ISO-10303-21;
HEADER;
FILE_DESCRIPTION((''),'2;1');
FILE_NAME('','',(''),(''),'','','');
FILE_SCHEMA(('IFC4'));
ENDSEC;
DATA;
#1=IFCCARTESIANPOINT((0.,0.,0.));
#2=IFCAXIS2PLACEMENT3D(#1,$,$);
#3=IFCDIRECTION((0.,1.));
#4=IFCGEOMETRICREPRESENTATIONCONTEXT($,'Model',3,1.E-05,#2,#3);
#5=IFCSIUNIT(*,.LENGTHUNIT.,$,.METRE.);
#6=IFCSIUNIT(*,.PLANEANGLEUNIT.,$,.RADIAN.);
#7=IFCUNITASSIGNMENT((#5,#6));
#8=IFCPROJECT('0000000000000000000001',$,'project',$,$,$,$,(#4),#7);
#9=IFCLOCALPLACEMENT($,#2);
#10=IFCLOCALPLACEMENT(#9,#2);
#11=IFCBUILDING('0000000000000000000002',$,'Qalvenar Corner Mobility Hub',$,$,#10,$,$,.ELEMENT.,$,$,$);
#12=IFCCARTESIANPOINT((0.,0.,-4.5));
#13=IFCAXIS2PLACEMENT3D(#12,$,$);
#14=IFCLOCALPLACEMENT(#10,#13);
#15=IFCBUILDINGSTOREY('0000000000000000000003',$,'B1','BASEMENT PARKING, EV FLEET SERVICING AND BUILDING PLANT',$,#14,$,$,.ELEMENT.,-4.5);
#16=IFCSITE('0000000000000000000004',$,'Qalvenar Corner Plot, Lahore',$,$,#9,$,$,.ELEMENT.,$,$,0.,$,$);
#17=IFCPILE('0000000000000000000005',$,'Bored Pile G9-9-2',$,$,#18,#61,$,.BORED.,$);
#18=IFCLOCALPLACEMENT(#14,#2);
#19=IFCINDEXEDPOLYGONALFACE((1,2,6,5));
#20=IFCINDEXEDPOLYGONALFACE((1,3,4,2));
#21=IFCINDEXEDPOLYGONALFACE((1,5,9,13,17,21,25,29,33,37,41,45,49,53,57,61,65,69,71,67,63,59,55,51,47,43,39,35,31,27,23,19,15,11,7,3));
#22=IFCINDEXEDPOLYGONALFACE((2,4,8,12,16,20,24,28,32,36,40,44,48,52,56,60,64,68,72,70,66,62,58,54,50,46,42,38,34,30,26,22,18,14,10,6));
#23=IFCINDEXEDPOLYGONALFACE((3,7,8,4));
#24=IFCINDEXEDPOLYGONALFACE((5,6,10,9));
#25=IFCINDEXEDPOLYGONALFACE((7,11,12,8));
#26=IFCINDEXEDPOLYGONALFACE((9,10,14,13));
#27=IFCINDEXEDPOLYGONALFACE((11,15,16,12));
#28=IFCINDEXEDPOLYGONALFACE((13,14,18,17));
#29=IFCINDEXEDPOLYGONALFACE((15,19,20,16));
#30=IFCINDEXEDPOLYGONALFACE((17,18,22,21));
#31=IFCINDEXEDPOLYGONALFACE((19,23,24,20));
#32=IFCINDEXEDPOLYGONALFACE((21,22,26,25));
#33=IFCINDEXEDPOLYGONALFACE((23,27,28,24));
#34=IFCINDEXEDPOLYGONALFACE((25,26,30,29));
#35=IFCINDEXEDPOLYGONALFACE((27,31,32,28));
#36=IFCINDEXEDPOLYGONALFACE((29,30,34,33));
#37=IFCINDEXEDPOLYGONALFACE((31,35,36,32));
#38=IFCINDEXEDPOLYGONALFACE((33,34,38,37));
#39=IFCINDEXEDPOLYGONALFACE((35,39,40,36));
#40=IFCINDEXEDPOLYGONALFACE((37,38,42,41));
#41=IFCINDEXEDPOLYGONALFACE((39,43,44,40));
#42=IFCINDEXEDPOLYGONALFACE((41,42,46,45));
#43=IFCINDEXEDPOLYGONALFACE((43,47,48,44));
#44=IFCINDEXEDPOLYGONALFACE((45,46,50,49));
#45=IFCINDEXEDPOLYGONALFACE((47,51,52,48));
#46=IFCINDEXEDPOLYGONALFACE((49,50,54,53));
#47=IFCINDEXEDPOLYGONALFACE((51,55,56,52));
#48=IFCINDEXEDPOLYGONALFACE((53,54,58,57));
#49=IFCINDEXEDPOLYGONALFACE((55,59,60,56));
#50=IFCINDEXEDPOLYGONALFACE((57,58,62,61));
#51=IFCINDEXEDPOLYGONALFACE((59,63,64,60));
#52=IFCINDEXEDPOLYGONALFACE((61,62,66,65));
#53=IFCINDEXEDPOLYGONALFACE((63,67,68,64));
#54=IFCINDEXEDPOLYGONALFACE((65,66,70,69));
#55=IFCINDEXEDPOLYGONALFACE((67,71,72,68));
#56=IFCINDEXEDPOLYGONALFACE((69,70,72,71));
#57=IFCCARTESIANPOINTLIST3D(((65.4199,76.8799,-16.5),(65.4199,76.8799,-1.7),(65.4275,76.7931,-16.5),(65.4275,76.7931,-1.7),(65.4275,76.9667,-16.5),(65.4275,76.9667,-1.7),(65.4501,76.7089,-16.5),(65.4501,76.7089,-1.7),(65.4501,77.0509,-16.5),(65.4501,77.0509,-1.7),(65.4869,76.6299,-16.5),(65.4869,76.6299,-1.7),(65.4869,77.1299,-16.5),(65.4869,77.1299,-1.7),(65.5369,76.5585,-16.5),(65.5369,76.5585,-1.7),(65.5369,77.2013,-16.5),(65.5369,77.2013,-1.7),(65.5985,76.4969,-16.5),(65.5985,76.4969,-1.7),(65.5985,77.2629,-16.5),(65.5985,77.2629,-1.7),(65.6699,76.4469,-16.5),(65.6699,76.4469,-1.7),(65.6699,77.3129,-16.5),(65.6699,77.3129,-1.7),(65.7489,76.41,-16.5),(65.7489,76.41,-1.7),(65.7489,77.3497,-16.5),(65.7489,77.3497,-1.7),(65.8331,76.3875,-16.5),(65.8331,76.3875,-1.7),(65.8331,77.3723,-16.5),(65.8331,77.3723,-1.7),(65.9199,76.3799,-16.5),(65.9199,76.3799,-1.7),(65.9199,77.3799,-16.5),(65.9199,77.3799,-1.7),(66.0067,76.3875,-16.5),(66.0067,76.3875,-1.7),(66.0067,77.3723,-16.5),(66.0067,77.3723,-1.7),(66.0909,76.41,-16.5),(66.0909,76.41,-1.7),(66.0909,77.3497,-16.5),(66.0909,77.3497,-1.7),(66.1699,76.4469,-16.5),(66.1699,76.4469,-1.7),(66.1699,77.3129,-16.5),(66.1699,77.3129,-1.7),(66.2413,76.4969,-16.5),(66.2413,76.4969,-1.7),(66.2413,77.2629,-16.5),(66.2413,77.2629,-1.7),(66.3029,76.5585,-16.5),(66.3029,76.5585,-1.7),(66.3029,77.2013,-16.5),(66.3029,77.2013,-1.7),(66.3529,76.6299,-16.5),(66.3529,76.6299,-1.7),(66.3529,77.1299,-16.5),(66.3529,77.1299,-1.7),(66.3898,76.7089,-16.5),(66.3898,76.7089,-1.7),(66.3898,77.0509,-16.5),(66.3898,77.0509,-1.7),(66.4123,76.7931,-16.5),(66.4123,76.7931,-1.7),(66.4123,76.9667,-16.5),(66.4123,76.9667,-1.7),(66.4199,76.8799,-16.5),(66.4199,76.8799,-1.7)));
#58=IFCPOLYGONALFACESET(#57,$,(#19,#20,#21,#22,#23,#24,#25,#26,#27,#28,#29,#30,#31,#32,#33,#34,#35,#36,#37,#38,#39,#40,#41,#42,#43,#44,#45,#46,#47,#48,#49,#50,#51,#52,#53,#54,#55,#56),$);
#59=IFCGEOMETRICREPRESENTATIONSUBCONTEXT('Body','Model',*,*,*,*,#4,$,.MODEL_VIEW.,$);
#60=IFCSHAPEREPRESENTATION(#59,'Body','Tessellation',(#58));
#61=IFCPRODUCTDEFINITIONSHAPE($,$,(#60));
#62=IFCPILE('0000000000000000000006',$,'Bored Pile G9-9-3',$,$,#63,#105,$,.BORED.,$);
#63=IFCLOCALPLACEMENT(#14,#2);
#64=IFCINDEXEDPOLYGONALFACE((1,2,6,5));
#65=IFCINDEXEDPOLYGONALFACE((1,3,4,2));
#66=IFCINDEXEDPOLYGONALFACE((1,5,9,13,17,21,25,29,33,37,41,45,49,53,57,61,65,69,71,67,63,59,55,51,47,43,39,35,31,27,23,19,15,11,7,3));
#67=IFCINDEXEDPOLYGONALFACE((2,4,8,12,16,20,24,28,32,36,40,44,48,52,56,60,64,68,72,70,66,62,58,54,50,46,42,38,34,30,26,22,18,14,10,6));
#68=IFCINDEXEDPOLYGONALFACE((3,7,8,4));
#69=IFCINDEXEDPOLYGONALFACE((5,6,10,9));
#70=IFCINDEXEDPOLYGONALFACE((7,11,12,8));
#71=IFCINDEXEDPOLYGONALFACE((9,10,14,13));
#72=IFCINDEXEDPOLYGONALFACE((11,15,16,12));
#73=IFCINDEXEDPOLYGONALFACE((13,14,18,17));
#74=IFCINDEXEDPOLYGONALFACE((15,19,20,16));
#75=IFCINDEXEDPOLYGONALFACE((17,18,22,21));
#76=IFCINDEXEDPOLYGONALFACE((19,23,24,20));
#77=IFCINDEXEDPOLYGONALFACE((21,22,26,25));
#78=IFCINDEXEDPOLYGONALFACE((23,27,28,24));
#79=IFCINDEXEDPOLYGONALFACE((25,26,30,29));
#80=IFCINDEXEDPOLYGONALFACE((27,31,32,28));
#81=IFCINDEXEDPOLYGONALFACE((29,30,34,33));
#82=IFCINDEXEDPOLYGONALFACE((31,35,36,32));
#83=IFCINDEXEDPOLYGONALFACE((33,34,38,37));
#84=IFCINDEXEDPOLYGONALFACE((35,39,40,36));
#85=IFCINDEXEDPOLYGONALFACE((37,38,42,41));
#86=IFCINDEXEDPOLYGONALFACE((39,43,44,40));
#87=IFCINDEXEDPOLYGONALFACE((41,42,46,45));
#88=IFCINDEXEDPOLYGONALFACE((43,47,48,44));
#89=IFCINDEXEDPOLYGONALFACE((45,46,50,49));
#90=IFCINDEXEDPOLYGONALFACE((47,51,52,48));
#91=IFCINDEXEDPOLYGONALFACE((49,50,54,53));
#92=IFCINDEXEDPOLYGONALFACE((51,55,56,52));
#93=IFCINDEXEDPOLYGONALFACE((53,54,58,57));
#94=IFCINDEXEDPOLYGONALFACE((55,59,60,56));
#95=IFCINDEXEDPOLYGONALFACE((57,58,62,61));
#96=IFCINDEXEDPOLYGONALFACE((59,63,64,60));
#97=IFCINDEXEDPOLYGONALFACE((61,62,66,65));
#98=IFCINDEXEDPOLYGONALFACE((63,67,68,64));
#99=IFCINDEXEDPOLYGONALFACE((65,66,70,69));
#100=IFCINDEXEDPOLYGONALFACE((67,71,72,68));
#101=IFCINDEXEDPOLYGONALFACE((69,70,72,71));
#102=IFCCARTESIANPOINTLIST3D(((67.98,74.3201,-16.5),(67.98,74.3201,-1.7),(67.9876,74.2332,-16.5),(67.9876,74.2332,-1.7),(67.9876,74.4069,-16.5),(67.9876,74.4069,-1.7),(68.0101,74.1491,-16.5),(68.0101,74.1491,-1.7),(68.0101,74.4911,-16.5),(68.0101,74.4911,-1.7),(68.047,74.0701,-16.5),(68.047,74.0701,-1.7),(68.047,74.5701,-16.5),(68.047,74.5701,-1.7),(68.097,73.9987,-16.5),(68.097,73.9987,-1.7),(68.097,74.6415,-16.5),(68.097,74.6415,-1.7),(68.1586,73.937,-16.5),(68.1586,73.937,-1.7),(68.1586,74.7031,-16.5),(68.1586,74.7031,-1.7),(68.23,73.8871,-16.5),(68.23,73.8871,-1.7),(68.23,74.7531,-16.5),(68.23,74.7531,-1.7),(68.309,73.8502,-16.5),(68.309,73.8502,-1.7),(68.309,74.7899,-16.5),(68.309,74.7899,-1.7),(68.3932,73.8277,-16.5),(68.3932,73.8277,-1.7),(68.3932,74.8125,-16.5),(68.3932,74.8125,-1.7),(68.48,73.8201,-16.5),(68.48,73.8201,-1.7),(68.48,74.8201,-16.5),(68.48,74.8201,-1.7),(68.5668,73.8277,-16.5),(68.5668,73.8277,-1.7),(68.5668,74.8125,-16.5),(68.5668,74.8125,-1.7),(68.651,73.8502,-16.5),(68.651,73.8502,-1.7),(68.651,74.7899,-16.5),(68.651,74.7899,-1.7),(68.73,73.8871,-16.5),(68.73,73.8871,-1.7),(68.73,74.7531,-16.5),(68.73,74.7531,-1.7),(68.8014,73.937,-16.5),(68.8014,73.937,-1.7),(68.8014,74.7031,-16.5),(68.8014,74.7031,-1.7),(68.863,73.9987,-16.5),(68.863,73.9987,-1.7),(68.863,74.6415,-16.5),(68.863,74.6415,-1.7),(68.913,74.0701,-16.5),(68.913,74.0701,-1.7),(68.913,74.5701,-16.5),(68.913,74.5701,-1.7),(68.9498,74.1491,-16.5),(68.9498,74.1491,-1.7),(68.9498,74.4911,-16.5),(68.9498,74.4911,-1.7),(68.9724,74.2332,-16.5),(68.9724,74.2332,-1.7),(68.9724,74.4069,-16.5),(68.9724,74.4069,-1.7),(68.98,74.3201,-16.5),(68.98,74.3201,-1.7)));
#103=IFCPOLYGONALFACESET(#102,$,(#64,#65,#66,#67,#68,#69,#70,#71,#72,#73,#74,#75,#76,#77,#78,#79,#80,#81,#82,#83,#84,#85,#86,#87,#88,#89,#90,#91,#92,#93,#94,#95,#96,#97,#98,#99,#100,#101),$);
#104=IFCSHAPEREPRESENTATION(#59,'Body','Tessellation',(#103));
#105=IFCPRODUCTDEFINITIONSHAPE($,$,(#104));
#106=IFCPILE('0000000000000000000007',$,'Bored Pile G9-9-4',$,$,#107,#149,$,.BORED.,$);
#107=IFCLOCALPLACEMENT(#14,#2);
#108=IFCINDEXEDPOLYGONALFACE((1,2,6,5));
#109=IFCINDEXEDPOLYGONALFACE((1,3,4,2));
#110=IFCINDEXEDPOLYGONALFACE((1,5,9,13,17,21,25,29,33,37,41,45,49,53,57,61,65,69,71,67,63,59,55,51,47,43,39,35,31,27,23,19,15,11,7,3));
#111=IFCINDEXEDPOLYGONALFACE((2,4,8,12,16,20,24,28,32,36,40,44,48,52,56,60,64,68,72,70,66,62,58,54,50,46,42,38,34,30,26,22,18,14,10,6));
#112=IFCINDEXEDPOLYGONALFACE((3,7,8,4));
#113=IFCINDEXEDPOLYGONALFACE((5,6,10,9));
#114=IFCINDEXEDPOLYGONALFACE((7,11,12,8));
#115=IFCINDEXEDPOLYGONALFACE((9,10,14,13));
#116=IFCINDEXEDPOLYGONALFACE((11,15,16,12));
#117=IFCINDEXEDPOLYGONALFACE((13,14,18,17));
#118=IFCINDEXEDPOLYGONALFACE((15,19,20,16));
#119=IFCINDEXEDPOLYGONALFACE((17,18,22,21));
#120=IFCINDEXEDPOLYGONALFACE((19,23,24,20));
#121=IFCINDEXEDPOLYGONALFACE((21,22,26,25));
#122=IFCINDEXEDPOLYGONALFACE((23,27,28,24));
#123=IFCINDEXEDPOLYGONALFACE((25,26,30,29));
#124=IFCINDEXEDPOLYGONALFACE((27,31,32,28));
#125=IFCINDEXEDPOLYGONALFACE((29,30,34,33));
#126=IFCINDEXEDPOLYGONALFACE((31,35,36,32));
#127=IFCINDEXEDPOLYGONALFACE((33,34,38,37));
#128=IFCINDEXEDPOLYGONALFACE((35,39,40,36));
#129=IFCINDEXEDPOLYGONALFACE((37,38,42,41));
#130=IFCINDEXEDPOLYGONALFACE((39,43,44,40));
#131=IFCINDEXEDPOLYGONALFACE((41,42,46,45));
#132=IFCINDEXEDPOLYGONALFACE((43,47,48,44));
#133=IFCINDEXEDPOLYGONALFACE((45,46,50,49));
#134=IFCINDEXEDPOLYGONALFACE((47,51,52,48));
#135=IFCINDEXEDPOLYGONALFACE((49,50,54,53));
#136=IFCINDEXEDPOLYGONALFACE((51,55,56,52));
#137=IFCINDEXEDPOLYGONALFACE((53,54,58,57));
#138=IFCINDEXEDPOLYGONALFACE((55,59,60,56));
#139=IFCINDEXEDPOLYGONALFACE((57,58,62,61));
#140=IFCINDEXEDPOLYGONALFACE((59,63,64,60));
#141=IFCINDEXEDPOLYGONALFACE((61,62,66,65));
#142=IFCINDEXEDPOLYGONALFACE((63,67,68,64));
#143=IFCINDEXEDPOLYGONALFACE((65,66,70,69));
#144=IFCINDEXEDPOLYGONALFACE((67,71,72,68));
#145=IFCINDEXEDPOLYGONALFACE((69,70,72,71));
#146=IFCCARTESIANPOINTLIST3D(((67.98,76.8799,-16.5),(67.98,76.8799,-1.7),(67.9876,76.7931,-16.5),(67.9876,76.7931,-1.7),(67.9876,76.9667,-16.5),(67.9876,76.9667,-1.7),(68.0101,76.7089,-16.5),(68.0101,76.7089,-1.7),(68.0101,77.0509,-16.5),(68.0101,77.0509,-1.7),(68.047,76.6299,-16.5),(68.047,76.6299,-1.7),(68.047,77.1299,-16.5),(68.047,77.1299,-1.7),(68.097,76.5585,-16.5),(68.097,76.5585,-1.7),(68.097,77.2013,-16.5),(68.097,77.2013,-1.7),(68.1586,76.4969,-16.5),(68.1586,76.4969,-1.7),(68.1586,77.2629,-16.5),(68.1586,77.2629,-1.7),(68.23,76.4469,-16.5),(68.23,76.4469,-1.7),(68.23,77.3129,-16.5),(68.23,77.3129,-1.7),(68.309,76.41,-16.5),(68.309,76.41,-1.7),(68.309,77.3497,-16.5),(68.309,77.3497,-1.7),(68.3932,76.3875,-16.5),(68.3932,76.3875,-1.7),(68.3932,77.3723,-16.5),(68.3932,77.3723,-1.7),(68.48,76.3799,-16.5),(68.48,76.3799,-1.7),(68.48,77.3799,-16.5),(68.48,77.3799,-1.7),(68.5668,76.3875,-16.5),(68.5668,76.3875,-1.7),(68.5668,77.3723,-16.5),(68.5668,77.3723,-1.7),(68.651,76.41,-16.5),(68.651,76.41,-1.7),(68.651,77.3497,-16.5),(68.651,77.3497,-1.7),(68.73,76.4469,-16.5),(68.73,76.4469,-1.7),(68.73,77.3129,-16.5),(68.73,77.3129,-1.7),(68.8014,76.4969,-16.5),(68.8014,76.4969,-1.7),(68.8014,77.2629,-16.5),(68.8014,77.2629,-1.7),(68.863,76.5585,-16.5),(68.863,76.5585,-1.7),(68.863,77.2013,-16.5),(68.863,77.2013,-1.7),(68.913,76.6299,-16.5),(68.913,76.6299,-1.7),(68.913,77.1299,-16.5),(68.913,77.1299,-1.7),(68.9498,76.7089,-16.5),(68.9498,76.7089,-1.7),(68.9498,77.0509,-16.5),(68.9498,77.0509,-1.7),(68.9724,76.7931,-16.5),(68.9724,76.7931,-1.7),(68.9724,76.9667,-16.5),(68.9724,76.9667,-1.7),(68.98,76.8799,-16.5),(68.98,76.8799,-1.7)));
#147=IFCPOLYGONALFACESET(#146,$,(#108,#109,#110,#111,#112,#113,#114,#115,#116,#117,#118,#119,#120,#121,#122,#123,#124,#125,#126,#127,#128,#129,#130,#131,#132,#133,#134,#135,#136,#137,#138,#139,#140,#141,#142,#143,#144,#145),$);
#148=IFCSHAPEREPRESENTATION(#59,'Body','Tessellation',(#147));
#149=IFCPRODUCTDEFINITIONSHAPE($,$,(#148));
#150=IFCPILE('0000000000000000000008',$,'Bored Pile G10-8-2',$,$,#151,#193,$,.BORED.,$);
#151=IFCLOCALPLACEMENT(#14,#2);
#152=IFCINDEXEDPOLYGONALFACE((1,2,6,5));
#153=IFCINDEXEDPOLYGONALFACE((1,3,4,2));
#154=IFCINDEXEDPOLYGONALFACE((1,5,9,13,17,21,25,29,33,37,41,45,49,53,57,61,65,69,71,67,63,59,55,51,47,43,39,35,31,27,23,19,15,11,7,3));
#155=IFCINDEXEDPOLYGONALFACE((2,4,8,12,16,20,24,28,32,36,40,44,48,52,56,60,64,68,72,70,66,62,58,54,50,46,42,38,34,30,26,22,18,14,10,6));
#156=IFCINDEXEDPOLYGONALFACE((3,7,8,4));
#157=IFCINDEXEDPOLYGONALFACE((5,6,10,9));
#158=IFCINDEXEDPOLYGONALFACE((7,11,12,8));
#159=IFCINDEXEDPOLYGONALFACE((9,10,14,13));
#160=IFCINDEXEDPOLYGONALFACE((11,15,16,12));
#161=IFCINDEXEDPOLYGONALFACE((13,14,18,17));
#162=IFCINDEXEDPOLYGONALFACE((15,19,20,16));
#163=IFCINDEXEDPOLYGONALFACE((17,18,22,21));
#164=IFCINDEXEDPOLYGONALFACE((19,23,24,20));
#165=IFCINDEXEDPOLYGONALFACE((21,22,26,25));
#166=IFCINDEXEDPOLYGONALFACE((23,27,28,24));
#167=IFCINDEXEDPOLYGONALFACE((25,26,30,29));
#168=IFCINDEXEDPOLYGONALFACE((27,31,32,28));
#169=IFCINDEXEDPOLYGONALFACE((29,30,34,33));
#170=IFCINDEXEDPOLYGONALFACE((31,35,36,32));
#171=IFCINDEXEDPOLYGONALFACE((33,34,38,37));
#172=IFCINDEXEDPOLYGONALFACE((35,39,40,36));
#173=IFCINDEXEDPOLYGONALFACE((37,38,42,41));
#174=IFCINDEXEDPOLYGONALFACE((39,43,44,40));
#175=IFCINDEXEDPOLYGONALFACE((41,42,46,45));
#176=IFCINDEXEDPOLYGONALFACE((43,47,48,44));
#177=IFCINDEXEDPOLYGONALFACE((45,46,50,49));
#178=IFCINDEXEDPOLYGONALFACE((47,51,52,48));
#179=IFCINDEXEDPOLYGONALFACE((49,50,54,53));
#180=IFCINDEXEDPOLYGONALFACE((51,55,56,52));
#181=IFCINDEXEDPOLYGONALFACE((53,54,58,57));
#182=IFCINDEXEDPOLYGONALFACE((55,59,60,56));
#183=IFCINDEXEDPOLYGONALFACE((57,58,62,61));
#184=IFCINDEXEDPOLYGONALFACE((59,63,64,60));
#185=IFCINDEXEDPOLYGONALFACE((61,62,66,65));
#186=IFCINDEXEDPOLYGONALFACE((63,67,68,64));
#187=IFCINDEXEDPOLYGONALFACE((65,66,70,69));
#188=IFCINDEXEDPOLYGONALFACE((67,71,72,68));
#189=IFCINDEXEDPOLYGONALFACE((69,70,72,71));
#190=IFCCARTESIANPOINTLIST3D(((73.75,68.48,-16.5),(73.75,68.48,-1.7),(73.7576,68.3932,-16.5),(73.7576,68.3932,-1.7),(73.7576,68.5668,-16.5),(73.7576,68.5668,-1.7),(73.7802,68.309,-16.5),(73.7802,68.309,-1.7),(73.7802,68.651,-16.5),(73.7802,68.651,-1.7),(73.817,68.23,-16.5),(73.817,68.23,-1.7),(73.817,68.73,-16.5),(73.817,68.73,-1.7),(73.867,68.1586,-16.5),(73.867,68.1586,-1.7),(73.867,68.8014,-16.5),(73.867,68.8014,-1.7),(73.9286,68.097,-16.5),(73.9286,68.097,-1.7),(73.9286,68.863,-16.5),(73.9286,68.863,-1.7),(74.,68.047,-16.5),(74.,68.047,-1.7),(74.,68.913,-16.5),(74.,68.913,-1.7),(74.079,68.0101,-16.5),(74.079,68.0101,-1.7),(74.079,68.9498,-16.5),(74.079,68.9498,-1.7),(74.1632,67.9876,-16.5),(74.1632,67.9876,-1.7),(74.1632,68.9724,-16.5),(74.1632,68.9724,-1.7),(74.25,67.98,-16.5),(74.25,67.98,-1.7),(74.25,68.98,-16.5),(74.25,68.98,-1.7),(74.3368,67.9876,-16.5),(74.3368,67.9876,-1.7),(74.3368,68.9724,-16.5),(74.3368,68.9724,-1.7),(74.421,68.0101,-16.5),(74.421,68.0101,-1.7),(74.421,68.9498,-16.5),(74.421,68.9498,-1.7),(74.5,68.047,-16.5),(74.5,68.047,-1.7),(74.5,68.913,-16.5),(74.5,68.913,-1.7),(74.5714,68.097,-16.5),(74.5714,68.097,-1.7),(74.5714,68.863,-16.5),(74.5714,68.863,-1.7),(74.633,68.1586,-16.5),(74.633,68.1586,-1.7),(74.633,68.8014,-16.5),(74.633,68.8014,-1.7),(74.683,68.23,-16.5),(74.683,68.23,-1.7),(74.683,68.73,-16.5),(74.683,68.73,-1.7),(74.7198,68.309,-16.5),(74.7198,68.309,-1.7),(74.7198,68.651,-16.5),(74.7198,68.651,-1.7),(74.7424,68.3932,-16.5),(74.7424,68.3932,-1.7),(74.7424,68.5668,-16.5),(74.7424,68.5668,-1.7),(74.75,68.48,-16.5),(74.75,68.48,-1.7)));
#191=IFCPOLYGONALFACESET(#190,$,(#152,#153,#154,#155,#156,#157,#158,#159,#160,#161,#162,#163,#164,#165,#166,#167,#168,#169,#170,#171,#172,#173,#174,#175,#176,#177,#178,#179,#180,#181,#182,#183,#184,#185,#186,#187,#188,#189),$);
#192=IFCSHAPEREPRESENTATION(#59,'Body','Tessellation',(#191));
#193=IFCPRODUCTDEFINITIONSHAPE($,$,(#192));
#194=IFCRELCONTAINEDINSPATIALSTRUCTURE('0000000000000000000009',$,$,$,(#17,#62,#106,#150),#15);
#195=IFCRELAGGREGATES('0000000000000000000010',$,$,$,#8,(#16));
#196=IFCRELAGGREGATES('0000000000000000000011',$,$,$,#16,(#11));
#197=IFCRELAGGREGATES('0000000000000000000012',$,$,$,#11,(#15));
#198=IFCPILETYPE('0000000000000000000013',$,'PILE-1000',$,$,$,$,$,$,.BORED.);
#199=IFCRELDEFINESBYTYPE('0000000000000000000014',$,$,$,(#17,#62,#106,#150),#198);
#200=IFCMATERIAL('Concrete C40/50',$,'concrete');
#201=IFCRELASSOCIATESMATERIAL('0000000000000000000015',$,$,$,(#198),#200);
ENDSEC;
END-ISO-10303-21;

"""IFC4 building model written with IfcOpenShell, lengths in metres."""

from ifc_helpers import new_model, si_unit, direction, frame, origin, origin_2d, place, context, subcontext, project, spatial, circle, extrude, material, material_profile, profile_set, type_object, element, save


model = new_model("IFC4")

# Units and contexts
model_context = context("Model", 3, precision=1e-05, world=origin(), true_north=direction((0.0, 1.0)))
body_context = subcontext(model_context, "Body", "Model", "MODEL_VIEW")
ifc_project = project(units=[si_unit("LENGTHUNIT", "METRE"), si_unit("PLANEANGLEUNIT", "RADIAN")], contexts=[model_context])

# Site, building, storey
site_placement = place(None, origin())
site = spatial("IfcSite", under=ifc_project, at=site_placement, Name="Qalvenar Corner Plot, Lahore", CompositionType="ELEMENT", RefElevation=0.0)
building_placement = place(site_placement, origin())
building = spatial("IfcBuilding", under=site, at=building_placement, Name="Qalvenar Corner Mobility Hub", CompositionType="ELEMENT")
storey_placement = place(building_placement, frame((0.0, 0.0, -4.5)))
storey = spatial("IfcBuildingStorey", under=building, at=storey_placement, Name="B1", Description="BASEMENT PARKING, EV FLEET SERVICING AND BUILDING PLANT", CompositionType="ELEMENT", Elevation=-4.5)

# Shared definitions
ifc_material_1 = material(Name="Concrete C40/50", Category="concrete")

# Piles
ifc_material_profile_1 = material_profile(ifc_material_1, circle(Radius=0.5, at=origin_2d()), Name="DIA1000")
ifc_profile_set_1 = profile_set([ifc_material_profile_1], Name="Concrete C40/50")
pile_type_1 = type_object("IfcPileType", Name="PILE-1000", PredefinedType="BORED", material=ifc_profile_set_1)
for number, where, z_axis, x_axis, name in (
    (1, (65.9199, 76.8799, -1.7), (0.0, 0.0, -1.0), (1.0, 0.0, 0.0), "Bored Pile G9-9-2"),
    (2, (68.48, 74.3201, -1.7), (0.0, 0.0, -1.0), (1.0, 0.0, 0.0), "Bored Pile G9-9-3"),
    (3, (68.48, 76.8799, -1.7), (0.0, 0.0, -1.0), (1.0, 0.0, 0.0), "Bored Pile G9-9-4"),
    (4, (74.25, 68.48, -1.7), (0.0, 0.0, -1.0), (1.0, 0.0, 0.0), "Bored Pile G10-8-2"),
):
    element("IfcPile", number, at=place(storey_placement, frame(where, z_axis=z_axis, x_axis=x_axis)), inside=storey, type_object=pile_type_1, Name=name, PredefinedType="BORED", context=body_context, shape_type="SweptSolid", body=[
        extrude(circle(Radius=0.5, at=origin_2d()), origin(), (0.0, 0.0, 1.0), 14.8),
    ])

save(model, "model.ifc")
